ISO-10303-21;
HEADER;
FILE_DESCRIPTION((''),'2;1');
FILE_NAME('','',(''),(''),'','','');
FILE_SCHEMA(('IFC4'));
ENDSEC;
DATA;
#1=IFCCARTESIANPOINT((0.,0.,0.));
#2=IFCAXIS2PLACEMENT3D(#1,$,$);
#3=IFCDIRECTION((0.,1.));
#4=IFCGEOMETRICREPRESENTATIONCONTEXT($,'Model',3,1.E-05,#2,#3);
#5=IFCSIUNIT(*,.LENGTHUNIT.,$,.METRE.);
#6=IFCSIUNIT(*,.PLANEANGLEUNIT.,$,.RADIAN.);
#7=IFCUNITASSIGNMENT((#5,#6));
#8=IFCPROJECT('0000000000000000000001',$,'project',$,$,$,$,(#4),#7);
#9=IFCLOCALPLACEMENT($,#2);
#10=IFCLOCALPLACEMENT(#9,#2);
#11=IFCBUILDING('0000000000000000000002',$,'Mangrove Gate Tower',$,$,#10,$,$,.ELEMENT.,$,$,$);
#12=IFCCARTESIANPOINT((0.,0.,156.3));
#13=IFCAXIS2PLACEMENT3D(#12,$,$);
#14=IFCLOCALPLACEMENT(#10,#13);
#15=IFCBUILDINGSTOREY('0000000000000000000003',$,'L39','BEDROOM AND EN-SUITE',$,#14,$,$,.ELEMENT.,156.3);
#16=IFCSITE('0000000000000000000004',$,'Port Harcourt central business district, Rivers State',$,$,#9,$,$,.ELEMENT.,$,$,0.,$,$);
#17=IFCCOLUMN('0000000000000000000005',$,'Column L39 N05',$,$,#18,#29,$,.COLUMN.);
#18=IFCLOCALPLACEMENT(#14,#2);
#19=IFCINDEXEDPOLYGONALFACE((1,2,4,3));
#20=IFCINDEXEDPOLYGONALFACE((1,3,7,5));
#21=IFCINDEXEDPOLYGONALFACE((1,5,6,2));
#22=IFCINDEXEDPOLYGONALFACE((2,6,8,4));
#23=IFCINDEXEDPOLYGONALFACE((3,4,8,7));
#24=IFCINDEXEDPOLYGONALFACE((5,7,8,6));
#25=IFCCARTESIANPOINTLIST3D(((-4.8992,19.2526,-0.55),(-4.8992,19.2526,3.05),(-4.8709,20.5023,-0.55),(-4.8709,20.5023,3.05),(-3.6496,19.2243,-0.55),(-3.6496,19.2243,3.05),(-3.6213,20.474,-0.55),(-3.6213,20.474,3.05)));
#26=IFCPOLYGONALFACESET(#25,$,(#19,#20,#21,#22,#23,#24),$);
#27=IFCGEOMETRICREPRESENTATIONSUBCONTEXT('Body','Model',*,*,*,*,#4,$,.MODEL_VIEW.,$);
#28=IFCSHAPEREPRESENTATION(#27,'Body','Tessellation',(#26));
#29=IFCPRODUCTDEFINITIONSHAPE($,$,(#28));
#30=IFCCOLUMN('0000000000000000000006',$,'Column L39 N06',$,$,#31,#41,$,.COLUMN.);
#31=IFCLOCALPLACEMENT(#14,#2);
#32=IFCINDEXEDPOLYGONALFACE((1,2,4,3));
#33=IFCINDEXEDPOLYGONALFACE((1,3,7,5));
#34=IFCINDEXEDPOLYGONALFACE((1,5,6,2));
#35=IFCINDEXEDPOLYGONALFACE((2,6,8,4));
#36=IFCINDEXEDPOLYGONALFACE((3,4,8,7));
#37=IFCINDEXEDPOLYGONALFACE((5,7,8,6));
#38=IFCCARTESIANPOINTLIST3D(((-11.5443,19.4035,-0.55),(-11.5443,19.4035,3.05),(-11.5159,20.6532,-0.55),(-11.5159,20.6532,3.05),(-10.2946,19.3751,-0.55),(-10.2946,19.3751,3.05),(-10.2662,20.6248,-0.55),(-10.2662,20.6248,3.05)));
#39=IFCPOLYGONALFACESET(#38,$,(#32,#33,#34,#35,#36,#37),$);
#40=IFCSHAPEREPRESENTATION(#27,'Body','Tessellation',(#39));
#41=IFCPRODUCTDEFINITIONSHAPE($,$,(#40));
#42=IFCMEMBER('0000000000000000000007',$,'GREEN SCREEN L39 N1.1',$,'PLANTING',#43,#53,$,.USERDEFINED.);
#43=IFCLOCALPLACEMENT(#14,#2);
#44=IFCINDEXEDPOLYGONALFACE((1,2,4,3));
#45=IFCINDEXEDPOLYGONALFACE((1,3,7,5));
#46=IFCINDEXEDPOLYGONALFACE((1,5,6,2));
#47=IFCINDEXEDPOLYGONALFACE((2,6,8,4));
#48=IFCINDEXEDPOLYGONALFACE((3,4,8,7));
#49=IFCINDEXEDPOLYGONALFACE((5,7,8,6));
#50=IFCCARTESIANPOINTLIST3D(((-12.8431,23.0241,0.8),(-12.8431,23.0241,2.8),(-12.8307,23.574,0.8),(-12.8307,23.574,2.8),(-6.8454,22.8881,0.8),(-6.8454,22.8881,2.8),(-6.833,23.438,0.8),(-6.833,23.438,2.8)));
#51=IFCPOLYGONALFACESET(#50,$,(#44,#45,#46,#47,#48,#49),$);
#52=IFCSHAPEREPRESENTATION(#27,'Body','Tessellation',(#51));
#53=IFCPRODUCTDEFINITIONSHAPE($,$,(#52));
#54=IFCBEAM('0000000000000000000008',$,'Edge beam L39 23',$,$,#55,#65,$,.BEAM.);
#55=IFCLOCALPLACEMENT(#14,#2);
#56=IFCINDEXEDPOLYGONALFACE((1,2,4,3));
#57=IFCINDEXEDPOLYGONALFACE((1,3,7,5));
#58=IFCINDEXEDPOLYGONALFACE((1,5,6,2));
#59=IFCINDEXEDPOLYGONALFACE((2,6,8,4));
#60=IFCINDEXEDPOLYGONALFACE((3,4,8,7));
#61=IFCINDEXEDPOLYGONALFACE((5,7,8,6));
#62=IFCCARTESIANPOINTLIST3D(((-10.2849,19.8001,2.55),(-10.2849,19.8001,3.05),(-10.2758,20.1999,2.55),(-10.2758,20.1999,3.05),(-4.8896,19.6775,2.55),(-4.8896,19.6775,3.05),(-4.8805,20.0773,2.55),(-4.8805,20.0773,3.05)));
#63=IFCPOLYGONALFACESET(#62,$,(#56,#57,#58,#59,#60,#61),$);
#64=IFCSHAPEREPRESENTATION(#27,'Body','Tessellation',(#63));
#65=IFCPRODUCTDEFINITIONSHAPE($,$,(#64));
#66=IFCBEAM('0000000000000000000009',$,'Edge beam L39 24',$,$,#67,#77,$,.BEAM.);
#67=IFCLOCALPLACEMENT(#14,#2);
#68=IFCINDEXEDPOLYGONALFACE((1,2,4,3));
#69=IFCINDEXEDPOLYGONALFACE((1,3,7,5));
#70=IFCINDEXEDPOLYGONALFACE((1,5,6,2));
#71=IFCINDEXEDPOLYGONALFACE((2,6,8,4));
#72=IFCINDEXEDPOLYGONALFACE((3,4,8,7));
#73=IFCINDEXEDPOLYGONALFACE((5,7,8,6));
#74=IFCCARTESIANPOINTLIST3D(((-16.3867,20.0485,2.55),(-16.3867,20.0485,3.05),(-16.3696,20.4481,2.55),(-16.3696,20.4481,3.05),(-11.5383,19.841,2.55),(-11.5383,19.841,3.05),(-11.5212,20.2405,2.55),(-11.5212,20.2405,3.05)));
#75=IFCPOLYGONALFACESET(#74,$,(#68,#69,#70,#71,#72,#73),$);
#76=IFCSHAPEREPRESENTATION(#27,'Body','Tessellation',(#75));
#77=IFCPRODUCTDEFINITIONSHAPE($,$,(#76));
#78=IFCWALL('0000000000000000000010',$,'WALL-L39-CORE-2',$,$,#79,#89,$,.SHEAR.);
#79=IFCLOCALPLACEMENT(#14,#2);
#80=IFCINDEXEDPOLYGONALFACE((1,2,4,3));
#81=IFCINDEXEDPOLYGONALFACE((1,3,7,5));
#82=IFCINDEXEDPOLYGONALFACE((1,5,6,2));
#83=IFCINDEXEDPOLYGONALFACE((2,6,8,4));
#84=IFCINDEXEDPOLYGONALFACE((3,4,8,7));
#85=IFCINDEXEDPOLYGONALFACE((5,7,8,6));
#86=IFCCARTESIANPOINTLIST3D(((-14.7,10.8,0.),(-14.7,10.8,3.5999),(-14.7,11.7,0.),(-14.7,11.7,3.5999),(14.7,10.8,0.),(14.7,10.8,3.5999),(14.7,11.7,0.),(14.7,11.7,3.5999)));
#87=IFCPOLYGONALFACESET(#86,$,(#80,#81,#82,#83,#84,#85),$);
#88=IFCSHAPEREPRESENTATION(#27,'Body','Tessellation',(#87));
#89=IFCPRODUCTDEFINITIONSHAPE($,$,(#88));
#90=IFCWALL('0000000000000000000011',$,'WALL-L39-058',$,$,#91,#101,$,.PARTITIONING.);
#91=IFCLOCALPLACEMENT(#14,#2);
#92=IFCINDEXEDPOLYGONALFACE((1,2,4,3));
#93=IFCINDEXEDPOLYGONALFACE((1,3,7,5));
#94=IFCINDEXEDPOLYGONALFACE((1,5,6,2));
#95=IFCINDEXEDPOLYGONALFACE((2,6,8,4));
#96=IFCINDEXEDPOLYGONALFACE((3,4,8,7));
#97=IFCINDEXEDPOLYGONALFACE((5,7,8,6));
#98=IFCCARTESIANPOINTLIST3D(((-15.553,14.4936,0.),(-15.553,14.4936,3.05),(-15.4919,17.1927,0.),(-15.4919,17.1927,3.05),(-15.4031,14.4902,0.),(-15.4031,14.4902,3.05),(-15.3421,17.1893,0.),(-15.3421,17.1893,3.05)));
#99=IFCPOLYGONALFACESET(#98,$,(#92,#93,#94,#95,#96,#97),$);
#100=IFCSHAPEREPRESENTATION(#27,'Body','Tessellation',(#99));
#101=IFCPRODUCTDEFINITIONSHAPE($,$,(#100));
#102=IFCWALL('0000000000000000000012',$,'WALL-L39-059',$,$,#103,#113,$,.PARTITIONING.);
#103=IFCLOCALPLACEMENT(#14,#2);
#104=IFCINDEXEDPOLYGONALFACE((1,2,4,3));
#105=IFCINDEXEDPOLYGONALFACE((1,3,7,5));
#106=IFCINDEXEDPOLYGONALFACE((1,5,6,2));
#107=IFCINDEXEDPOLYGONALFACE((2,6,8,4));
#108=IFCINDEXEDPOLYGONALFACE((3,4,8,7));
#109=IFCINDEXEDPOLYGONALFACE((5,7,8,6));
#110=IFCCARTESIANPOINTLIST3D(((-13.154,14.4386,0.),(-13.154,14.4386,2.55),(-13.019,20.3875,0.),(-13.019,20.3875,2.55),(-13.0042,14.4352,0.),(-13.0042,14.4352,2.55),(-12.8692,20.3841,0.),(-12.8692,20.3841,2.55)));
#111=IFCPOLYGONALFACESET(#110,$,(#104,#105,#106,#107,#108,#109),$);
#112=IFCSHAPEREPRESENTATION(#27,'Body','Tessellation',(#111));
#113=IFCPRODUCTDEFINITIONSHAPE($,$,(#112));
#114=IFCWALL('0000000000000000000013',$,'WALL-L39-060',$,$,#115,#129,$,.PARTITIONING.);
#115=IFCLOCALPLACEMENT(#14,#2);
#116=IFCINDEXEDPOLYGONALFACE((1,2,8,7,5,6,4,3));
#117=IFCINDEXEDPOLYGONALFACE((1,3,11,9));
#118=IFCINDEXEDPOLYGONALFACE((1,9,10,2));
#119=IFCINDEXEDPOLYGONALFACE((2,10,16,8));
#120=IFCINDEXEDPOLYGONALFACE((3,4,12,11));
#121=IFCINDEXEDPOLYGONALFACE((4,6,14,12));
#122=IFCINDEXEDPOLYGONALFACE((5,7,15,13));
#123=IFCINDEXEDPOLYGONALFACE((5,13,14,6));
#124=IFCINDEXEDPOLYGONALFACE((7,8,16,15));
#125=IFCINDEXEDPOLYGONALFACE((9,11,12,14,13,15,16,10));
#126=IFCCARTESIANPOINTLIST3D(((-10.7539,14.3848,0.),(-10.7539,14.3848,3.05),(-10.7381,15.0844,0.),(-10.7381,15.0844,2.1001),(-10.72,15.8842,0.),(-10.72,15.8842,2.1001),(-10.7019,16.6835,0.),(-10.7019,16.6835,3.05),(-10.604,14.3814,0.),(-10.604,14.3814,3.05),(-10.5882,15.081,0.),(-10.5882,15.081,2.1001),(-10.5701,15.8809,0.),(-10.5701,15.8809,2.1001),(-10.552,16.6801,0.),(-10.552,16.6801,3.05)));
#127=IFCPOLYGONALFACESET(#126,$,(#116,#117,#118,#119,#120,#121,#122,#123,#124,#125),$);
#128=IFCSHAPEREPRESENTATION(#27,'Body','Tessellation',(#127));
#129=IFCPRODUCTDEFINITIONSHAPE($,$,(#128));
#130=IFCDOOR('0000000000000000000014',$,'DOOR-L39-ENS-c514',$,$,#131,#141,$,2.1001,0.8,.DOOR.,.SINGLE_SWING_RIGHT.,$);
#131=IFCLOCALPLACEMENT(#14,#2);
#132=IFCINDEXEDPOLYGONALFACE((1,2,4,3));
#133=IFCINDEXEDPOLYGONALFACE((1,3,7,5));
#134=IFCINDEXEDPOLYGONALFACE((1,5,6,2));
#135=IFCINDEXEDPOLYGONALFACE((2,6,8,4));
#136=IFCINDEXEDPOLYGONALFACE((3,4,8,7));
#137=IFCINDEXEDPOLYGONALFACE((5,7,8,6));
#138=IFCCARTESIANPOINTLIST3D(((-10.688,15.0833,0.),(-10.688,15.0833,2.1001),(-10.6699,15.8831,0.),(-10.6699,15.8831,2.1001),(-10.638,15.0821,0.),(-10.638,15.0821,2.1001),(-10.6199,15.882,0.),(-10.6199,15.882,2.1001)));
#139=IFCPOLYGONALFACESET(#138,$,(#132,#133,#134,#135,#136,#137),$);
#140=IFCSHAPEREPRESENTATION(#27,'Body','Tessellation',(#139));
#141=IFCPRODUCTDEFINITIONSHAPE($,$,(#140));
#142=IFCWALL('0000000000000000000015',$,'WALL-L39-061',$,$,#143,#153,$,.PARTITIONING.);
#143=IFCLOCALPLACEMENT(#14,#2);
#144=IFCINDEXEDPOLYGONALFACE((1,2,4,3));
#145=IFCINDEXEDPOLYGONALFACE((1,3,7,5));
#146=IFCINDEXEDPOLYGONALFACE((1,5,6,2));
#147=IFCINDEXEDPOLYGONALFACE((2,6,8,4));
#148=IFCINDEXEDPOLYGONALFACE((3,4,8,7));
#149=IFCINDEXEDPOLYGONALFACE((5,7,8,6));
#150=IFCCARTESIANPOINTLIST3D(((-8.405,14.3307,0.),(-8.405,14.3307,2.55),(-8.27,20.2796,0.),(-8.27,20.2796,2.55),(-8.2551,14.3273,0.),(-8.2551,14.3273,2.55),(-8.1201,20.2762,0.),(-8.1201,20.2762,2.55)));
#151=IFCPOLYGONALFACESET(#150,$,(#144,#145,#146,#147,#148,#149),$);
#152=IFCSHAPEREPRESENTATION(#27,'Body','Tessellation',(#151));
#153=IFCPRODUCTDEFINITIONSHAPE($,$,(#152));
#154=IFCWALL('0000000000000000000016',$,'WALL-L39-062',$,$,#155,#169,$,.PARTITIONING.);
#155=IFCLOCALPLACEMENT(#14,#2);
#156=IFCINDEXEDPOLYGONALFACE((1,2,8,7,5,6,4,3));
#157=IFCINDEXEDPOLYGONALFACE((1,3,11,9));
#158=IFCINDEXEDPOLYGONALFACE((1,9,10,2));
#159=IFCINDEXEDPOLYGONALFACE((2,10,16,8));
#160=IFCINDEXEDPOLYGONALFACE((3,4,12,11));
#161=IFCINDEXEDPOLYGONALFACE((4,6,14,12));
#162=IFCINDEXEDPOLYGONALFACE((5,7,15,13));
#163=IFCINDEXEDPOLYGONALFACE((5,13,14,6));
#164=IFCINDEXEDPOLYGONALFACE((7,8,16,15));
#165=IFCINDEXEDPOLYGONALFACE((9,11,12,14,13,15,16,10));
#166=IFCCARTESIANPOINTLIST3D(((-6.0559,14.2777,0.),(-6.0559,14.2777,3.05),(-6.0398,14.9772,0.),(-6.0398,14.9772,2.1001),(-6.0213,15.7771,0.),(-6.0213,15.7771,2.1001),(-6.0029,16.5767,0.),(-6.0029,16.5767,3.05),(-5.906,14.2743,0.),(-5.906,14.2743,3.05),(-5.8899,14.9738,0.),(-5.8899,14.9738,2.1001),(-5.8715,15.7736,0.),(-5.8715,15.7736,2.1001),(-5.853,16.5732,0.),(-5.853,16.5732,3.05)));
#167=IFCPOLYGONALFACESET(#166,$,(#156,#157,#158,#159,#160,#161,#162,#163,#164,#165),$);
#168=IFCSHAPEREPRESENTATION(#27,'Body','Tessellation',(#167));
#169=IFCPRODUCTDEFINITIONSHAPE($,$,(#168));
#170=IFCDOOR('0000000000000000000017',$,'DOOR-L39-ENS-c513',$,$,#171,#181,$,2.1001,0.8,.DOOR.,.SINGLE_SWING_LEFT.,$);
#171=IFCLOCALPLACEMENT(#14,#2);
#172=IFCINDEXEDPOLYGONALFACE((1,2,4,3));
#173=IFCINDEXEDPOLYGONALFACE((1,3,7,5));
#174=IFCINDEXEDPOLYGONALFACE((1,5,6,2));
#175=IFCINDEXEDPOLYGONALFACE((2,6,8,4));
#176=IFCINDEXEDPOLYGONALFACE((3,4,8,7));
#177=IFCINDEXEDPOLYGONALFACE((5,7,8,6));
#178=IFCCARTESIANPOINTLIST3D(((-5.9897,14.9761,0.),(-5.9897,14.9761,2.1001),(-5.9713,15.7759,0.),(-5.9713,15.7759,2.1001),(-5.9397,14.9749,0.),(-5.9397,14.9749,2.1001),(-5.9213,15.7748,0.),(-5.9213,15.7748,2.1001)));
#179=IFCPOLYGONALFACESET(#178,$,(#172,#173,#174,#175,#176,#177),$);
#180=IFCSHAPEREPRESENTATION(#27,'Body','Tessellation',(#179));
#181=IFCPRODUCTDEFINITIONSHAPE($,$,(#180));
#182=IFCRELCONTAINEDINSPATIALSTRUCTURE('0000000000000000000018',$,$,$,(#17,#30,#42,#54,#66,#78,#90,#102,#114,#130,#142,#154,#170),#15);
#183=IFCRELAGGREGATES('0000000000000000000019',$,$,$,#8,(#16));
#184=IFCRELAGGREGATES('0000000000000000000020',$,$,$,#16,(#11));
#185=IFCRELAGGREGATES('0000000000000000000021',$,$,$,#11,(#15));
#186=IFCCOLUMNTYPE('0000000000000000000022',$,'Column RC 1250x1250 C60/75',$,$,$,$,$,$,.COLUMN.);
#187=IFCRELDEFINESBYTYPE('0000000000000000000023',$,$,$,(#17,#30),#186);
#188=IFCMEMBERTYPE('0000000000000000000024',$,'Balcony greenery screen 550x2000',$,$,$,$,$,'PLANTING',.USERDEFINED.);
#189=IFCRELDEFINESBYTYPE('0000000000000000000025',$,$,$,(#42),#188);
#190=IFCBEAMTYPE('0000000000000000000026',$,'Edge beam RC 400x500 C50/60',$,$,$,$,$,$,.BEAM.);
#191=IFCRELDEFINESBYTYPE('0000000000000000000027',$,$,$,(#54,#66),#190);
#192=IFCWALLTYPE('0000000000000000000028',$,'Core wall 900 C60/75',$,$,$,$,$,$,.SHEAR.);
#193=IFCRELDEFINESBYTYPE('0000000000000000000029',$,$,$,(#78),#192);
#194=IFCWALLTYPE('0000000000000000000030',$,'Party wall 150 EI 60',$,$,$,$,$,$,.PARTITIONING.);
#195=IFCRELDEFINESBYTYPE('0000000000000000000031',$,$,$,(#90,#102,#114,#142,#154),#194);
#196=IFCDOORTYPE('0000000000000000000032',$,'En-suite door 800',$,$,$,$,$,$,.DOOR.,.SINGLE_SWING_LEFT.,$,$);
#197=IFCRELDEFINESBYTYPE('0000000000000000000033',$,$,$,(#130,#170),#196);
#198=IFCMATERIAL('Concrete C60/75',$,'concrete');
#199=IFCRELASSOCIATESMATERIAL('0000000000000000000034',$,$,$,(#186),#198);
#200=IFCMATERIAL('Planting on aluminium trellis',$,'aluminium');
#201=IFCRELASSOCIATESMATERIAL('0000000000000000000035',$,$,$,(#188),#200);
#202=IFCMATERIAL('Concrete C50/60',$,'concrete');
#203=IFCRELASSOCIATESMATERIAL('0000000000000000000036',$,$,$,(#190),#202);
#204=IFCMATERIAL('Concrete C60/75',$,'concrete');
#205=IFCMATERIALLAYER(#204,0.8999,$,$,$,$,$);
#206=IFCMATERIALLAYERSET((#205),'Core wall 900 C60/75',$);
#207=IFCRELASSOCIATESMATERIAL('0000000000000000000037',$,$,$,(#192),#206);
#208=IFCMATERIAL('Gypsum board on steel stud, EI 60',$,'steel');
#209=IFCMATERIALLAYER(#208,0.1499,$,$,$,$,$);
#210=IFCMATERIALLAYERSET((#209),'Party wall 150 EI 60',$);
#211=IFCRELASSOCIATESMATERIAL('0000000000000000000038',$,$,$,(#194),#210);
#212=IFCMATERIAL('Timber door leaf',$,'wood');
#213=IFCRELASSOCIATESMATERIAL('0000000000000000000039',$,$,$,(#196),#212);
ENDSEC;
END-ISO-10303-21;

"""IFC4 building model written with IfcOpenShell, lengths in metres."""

from ifc_helpers import new_model, si_unit, direction, frame, frame_2d, origin, origin_2d, place, context, subcontext, project, spatial, rectangle, extrude, material, layer, layer_set, material_profile, profile_set, type_object, element, fill, save


model = new_model("IFC4")

# Units and contexts
model_context = context("Model", 3, precision=1e-05, world=origin(), true_north=direction((0.0, 1.0)))
body_context = subcontext(model_context, "Body", "Model", "MODEL_VIEW")
ifc_project = project(units=[si_unit("LENGTHUNIT", "METRE"), si_unit("PLANEANGLEUNIT", "RADIAN")], contexts=[model_context])

# Site, building, storey
site_placement = place(None, origin())
site = spatial("IfcSite", under=ifc_project, at=site_placement, Name="Port Harcourt central business district, Rivers State", CompositionType="ELEMENT", RefElevation=0.0)
building_placement = place(site_placement, origin())
building = spatial("IfcBuilding", under=site, at=building_placement, Name="Mangrove Gate Tower", CompositionType="ELEMENT")
storey_placement = place(building_placement, frame((0.0, 0.0, 156.3)))
storey = spatial("IfcBuildingStorey", under=building, at=storey_placement, Name="L39", Description="BEDROOM AND EN-SUITE", CompositionType="ELEMENT", Elevation=156.3)

# Columns
ifc_material_1 = material(Name="Concrete C60/75", Category="concrete")
ifc_material_profile_1 = material_profile(ifc_material_1, rectangle(XDim=1.25, YDim=1.25, at=origin_2d()))
ifc_profile_set_1 = profile_set([ifc_material_profile_1], Name="Concrete C60/75")
column_type = type_object("IfcColumnType", Name="Column RC 1250x1250 C60/75", PredefinedType="COLUMN", material=ifc_profile_set_1)
for number, where, z_axis, x_axis, name in (
    (1, (-4.2603, 19.8633, -0.55), (0.0, 0.0, 1.0), (-0.999744, 0.022643, 0.0), "Column L39 N05"),
    (2, (-10.9053, 20.0142, -0.55), (0.0, 0.0, 1.0), (-0.999742, 0.022718, 0.0), "Column L39 N06"),
):
    element("IfcColumn", number, at=place(storey_placement, frame(where, z_axis=z_axis, x_axis=x_axis)), inside=storey, type_object=column_type, Name=name, PredefinedType="COLUMN", context=body_context, shape_type="SweptSolid", body=[
        extrude(rectangle(XDim=1.25, YDim=1.25, at=origin_2d()), origin(), (0.0, 0.0, 1.0), 3.6001),
    ])

# Member
ifc_material_2 = material(Name="Planting on aluminium trellis", Category="aluminium")
ifc_material_profile_2 = material_profile(ifc_material_2, rectangle(XDim=0.55, YDim=2.0, at=origin_2d()))
ifc_profile_set_2 = profile_set([ifc_material_profile_2], Name="Planting on aluminium trellis")
member_type = type_object("IfcMemberType", Name="Balcony greenery screen 550x2000", ElementType="PLANTING", PredefinedType="USERDEFINED", material=ifc_profile_set_2)
member_placement = place(storey_placement, frame((-12.8369, 23.2991, 1.8), z_axis=(0.999743, -0.022667, 0.0), x_axis=(0.022667, 0.999743, 0.0)))
element("IfcMember", 3, at=member_placement, inside=storey, type_object=member_type, Name="GREEN SCREEN L39 N1.1", ObjectType="PLANTING", PredefinedType="USERDEFINED", context=body_context, shape_type="SweptSolid", body=[
    extrude(rectangle(XDim=0.55, YDim=2.0, at=origin_2d()), origin(), (0.0, 0.0, 1.0), 5.9993),
])

# Beams
ifc_material_3 = material(Name="Concrete C50/60", Category="concrete")
ifc_material_profile_3 = material_profile(ifc_material_3, rectangle(XDim=0.3999, YDim=0.5, at=origin_2d()))
ifc_profile_set_3 = profile_set([ifc_material_profile_3], Name="Concrete C50/60")
beam_type = type_object("IfcBeamType", Name="Edge beam RC 400x500 C50/60", PredefinedType="BEAM", material=ifc_profile_set_3)
beam_1_placement = place(storey_placement, frame((-4.885, 19.8774, 2.8), z_axis=(-0.999742, 0.02271, 0.0), x_axis=(-0.02271, -0.999742, 0.0)))
element("IfcBeam", 4, at=beam_1_placement, inside=storey, type_object=beam_type, Name="Edge beam L39 23", PredefinedType="BEAM", context=body_context, shape_type="SweptSolid", body=[
    extrude(rectangle(XDim=0.3999, YDim=0.5, at=origin_2d()), origin(), (0.0, 0.0, 1.0), 5.3967),
])
beam_2_placement = place(storey_placement, frame((-11.5298, 20.0408, 2.8), z_axis=(-0.999085, 0.042763, 0.0), x_axis=(-0.042763, -0.999085, 0.0)))
element("IfcBeam", 5, at=beam_2_placement, inside=storey, type_object=beam_type, Name="Edge beam L39 24", PredefinedType="BEAM", context=body_context, shape_type="SweptSolid", body=[
    extrude(rectangle(XDim=0.3999, YDim=0.5, at=origin_2d()), origin(), (0.0, 0.0, 1.0), 4.8528),
])

# Walls
ifc_material_4 = material(Name="Concrete C60/75", Category="concrete")
ifc_layer_1 = layer(ifc_material_4, 0.8999)
ifc_layer_set_1 = layer_set([ifc_layer_1], Name="Core wall 900 C60/75")
wall_type_1 = type_object("IfcWallType", Name="Core wall 900 C60/75", PredefinedType="SHEAR", material=ifc_layer_set_1)
wall_1_placement = place(storey_placement, frame((-14.7, 11.25, 0.0), z_axis=(0.0, 0.0, 1.0), x_axis=(1.0, 0.0, 0.0)))
element("IfcWall", 6, at=wall_1_placement, inside=storey, type_object=wall_type_1, Name="WALL-L39-CORE-2", PredefinedType="SHEAR", context=body_context, shape_type="SweptSolid", body=[
    extrude(rectangle(XDim=29.3999, YDim=0.8999, at=frame_2d((14.7, 0.0))), origin(), (0.0, 0.0, 1.0), 3.5999),
])
ifc_material_5 = material(Name="Gypsum board on steel stud, EI 60", Category="steel")
ifc_layer_2 = layer(ifc_material_5, 0.1499)
ifc_layer_set_2 = layer_set([ifc_layer_2], Name="Party wall 150 EI 60")
wall_type_2 = type_object("IfcWallType", Name="Party wall 150 EI 60", PredefinedType="PARTITIONING", material=ifc_layer_set_2)
wall_2_placement = place(storey_placement, frame((-15.478, 14.4919, 0.0), z_axis=(0.0, 0.0, 1.0), x_axis=(0.022608, 0.999744, 0.0)))
element("IfcWall", 7, at=wall_2_placement, inside=storey, type_object=wall_type_2, Name="WALL-L39-058", PredefinedType="PARTITIONING", context=body_context, shape_type="SweptSolid", body=[
    extrude(rectangle(XDim=2.6997, YDim=0.1499, at=frame_2d((1.3499, 0.0))), origin(), (0.0, 0.0, 1.0), 3.05),
])
wall_3_placement = place(storey_placement, frame((-13.0791, 14.437, 0.0), z_axis=(0.0, 0.0, 1.0), x_axis=(0.022689, 0.999743, 0.0)))
element("IfcWall", 8, at=wall_3_placement, inside=storey, type_object=wall_type_2, Name="WALL-L39-059", PredefinedType="PARTITIONING", context=body_context, shape_type="SweptSolid", body=[
    extrude(rectangle(XDim=5.9504, YDim=0.1499, at=frame_2d((2.9751, 0.0))), origin(), (0.0, 0.0, 1.0), 2.55),
])

# Wall, opening, door
wall_4_placement = place(storey_placement, frame((-10.679, 14.3831, 0.0), z_axis=(0.0, 0.0, 1.0), x_axis=(0.022615, 0.999744, 0.0)))
wall_4 = element("IfcWall", 9, at=wall_4_placement, inside=storey, type_object=wall_type_2, Name="WALL-L39-060", PredefinedType="PARTITIONING", context=body_context, shape_type="SweptSolid", body=[
    extrude(rectangle(XDim=2.2993, YDim=0.1499, at=frame_2d((1.1497, 0.0))), origin(), (0.0, 0.0, 1.0), 3.05),
])
opening_1_placement = place(wall_4_placement, frame((0.7, 0.0, 0.0)))
opening_1 = element("IfcOpeningElement", 10, at=opening_1_placement, cuts=wall_4, PredefinedType="OPENING", context=body_context, shape_type="SweptSolid", body=[
    extrude(rectangle(XDim=0.8, YDim=2.1001, at=frame_2d((0.3999, 1.05))), frame((0.0, 0.085, 0.0), z_axis=(0.0, -1.0, 0.0), x_axis=(1.0, 0.0, 0.0)), (0.0, 0.0, 1.0), 0.1699),
])
ifc_material_6 = material(Name="Timber door leaf", Category="wood")
door_type = type_object("IfcDoorType", Name="En-suite door 800", OperationType="SINGLE_SWING_LEFT", PredefinedType="DOOR", material=ifc_material_6)
door_1_placement = place(opening_1_placement, origin())
door_1 = element("IfcDoor", 11, at=door_1_placement, inside=storey, type_object=door_type, Name="DOOR-L39-ENS-c514", OperationType="SINGLE_SWING_RIGHT", OverallHeight=2.1001, OverallWidth=0.8, PredefinedType="DOOR", context=body_context, shape_type="SweptSolid", body=[
    extrude(rectangle(XDim=0.8, YDim=2.1001, at=frame_2d((0.3999, 1.05))), frame((0.0, 0.0249, 0.0), z_axis=(0.0, -1.0, 0.0), x_axis=(1.0, 0.0, 0.0)), (0.0, 0.0, 1.0), 0.05),
])
fill(opening_1, door_1)

# Wall
wall_5_placement = place(storey_placement, frame((-8.3301, 14.3291, 0.0), z_axis=(0.0, 0.0, 1.0), x_axis=(0.022689, 0.999743, 0.0)))
element("IfcWall", 12, at=wall_5_placement, inside=storey, type_object=wall_type_2, Name="WALL-L39-061", PredefinedType="PARTITIONING", context=body_context, shape_type="SweptSolid", body=[
    extrude(rectangle(XDim=5.9504, YDim=0.1499, at=frame_2d((2.9751, 0.0))), origin(), (0.0, 0.0, 1.0), 2.55),
])

# Wall, opening, door
wall_6_placement = place(storey_placement, frame((-5.981, 14.2759, 0.0), z_axis=(0.0, 0.0, 1.0), x_axis=(0.023037, 0.999735, 0.0)))
wall_6 = element("IfcWall", 13, at=wall_6_placement, inside=storey, type_object=wall_type_2, Name="WALL-L39-062", PredefinedType="PARTITIONING", context=body_context, shape_type="SweptSolid", body=[
    extrude(rectangle(XDim=2.2996, YDim=0.1499, at=frame_2d((1.1499, 0.0))), origin(), (0.0, 0.0, 1.0), 3.05),
])
opening_2_placement = place(wall_6_placement, frame((0.7, 0.0, 0.0)))
opening_2 = element("IfcOpeningElement", 14, at=opening_2_placement, cuts=wall_6, PredefinedType="OPENING", context=body_context, shape_type="SweptSolid", body=[
    extrude(rectangle(XDim=0.8, YDim=2.1001, at=frame_2d((0.3999, 1.05))), frame((0.0, 0.085, 0.0), z_axis=(0.0, -1.0, 0.0), x_axis=(1.0, 0.0, 0.0)), (0.0, 0.0, 1.0), 0.1699),
])
door_2_placement = place(opening_2_placement, origin())
door_2 = element("IfcDoor", 15, at=door_2_placement, inside=storey, type_object=door_type, Name="DOOR-L39-ENS-c513", OperationType="SINGLE_SWING_LEFT", OverallHeight=2.1001, OverallWidth=0.8, PredefinedType="DOOR", context=body_context, shape_type="SweptSolid", body=[
    extrude(rectangle(XDim=0.8, YDim=2.1001, at=frame_2d((0.3999, 1.05))), frame((0.0, 0.0249, 0.0), z_axis=(0.0, -1.0, 0.0), x_axis=(1.0, 0.0, 0.0)), (0.0, 0.0, 1.0), 0.05),
])
fill(opening_2, door_2)

save(model, "model.ifc")
